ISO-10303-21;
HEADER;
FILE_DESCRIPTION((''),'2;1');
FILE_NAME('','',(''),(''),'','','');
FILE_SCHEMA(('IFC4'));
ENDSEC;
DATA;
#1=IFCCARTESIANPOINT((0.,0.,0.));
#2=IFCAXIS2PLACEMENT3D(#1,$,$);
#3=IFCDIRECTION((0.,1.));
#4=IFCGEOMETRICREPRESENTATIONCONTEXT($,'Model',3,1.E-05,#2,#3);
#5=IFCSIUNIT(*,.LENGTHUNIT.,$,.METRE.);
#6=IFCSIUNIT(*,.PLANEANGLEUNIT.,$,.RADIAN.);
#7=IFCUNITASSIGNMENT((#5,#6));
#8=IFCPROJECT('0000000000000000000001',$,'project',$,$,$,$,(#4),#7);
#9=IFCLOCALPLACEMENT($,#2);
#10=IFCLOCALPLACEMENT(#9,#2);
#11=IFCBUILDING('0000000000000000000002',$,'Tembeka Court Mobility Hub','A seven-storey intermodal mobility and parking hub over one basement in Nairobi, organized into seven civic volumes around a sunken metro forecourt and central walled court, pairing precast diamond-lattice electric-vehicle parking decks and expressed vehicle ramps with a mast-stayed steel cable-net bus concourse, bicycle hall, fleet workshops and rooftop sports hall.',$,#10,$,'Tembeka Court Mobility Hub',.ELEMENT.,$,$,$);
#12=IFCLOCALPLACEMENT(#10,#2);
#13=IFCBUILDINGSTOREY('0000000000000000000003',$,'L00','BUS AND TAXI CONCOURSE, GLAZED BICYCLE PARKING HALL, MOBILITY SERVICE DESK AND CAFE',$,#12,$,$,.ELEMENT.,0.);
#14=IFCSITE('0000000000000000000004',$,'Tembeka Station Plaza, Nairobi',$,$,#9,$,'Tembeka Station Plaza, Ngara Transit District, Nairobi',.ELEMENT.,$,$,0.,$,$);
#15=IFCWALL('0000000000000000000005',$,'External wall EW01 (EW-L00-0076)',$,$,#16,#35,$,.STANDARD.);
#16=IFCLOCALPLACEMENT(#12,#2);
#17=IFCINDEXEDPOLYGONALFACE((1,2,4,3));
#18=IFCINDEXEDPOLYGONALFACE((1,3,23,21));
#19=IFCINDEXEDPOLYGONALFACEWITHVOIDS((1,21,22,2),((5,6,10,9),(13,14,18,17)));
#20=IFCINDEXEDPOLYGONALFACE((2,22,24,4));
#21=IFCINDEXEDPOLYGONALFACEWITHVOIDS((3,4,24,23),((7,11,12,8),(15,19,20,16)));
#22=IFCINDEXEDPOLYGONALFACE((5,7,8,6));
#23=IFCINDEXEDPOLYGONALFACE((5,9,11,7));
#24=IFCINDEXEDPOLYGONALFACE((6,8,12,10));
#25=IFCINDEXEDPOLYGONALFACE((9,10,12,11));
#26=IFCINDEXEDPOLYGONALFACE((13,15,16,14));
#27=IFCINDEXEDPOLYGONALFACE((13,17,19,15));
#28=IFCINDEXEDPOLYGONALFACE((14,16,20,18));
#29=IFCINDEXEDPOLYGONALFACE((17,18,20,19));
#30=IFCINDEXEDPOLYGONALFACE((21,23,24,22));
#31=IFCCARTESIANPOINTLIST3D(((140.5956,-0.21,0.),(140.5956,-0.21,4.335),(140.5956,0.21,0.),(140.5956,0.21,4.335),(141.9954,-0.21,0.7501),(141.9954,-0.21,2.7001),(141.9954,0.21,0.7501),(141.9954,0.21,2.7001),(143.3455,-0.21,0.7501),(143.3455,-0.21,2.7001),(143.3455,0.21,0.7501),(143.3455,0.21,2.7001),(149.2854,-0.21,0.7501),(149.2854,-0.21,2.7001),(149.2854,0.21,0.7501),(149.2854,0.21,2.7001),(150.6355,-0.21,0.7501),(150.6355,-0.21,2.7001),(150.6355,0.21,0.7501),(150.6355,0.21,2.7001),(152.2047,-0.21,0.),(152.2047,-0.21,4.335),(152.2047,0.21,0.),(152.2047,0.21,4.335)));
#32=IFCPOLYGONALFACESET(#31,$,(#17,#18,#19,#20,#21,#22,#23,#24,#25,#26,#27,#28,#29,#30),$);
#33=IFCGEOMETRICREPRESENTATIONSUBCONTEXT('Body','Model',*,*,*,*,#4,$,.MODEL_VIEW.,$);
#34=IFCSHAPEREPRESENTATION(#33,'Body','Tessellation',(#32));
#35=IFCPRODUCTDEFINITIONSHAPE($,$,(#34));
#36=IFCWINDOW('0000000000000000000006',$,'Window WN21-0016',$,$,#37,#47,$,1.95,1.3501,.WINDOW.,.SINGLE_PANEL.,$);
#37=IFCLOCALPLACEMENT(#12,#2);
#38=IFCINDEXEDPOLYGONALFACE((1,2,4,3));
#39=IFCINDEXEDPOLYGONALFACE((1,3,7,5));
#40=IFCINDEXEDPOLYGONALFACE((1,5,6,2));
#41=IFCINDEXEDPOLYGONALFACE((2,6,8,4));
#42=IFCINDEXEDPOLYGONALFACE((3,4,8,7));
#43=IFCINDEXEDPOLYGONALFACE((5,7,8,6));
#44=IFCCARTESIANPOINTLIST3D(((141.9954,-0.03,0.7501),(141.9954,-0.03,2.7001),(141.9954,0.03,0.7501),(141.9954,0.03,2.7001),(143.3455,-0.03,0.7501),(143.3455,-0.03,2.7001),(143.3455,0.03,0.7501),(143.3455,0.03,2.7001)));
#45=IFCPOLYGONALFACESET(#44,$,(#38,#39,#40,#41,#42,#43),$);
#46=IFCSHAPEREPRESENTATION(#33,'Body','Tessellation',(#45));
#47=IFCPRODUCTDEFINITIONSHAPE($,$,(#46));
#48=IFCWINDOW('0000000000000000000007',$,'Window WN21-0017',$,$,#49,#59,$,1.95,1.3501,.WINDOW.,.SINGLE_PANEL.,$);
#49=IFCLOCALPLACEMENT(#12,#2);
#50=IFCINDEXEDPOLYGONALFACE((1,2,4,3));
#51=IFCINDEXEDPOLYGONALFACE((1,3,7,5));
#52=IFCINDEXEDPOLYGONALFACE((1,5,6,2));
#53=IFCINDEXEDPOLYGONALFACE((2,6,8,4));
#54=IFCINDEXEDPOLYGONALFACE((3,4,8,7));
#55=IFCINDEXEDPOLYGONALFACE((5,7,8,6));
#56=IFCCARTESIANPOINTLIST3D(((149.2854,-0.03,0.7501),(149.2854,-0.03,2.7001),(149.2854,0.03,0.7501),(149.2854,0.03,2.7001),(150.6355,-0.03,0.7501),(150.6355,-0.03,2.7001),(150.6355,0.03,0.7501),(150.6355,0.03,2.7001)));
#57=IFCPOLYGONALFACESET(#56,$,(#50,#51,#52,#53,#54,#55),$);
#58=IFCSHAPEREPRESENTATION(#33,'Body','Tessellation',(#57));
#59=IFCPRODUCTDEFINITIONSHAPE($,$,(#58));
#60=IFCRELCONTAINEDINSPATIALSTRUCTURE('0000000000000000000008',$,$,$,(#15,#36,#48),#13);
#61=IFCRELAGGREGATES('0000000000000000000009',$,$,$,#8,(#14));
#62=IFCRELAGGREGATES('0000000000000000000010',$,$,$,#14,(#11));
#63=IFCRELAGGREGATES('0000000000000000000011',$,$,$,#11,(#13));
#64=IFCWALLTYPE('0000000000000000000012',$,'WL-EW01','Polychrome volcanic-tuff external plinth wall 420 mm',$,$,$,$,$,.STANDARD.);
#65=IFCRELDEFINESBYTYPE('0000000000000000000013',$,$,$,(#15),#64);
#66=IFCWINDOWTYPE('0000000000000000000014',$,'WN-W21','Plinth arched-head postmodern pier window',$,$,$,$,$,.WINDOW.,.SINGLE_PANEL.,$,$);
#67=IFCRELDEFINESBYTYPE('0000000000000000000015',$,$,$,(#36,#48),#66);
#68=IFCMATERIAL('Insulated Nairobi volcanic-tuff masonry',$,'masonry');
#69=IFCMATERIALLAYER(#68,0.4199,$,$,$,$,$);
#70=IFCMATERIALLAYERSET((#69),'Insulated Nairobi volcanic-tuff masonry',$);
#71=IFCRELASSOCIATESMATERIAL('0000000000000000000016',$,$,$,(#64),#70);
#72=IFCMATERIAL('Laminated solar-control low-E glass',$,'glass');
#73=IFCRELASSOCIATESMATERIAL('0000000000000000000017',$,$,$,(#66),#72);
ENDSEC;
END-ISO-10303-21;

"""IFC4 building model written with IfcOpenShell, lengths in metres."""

from ifc_helpers import new_model, si_unit, direction, frame, frame_2d, origin, place, context, subcontext, project, spatial, rectangle, extrude, material, layer, layer_set, type_object, element, fill, save


model = new_model("IFC4")

# Units and contexts
model_context = context("Model", 3, precision=1e-05, world=origin(), true_north=direction((0.0, 1.0)))
body_context = subcontext(model_context, "Body", "Model", "MODEL_VIEW")
ifc_project = project(units=[si_unit("LENGTHUNIT", "METRE"), si_unit("PLANEANGLEUNIT", "RADIAN")], contexts=[model_context])

# Site, building, storey
site_placement = place(None, origin())
site = spatial("IfcSite", under=ifc_project, at=site_placement, Name="Tembeka Station Plaza, Nairobi", LongName="Tembeka Station Plaza, Ngara Transit District, Nairobi", CompositionType="ELEMENT", RefElevation=0.0)
building_placement = place(site_placement, origin())
building = spatial("IfcBuilding", under=site, at=building_placement, Name="Tembeka Court Mobility Hub", Description="A seven-storey intermodal mobility and parking hub over one basement in Nairobi, organized into seven civic volumes around a sunken metro forecourt and central walled court, pairing precast diamond-lattice electric-vehicle parking decks and expressed vehicle ramps with a mast-stayed steel cable-net bus concourse, bicycle hall, fleet workshops and rooftop sports hall.", LongName="Tembeka Court Mobility Hub", CompositionType="ELEMENT")
storey_placement = place(building_placement, origin())
storey = spatial("IfcBuildingStorey", under=building, at=storey_placement, Name="L00", Description="BUS AND TAXI CONCOURSE, GLAZED BICYCLE PARKING HALL, MOBILITY SERVICE DESK AND CAFE", CompositionType="ELEMENT", Elevation=0.0)

# Shared definitions
ifc_material_1 = material(Name="Laminated solar-control low-E glass", Category="glass")

# Shared definitions
ifc_material_2 = material(Name="Insulated Nairobi volcanic-tuff masonry", Category="masonry")
ifc_layer_1 = layer(ifc_material_2, 0.4199)
ifc_layer_set_1 = layer_set([ifc_layer_1], Name="Insulated Nairobi volcanic-tuff masonry")
wall_type = type_object("IfcWallType", Name="WL-EW01", Description="Polychrome volcanic-tuff external plinth wall 420 mm", PredefinedType="STANDARD", material=ifc_layer_set_1)

# Wall, openings, windows
wall_1_placement = place(storey_placement, frame((140.5955, 0.0, 0.0), z_axis=(0.0, 0.0, 1.0), x_axis=(1.0, 0.0, 0.0)))
wall_1 = element("IfcWall", 1, at=wall_1_placement, inside=storey, type_object=wall_type, Name="External wall EW01 (EW-L00-0076)", PredefinedType="STANDARD", context=body_context, shape_type="SweptSolid", body=[
    extrude(rectangle(XDim=11.6091, YDim=0.4199, at=frame_2d((5.8047, 0.0))), origin(), (0.0, 0.0, 1.0), 4.335),
])
opening_1_placement = place(wall_1_placement, frame((1.3999, 0.0, 0.75)))
opening_1 = element("IfcOpeningElement", 2, at=opening_1_placement, cuts=wall_1, PredefinedType="OPENING", context=body_context, shape_type="SweptSolid", body=[
    extrude(rectangle(XDim=1.3501, YDim=1.95, at=frame_2d((0.675, 0.9751))), frame((0.0, 0.22, 0.0), z_axis=(0.0, -1.0, 0.0), x_axis=(1.0, 0.0, 0.0)), (0.0, 0.0, 1.0), 0.4399),
])
opening_2_placement = place(wall_1_placement, frame((8.6899, 0.0, 0.75)))
opening_2 = element("IfcOpeningElement", 3, at=opening_2_placement, cuts=wall_1, PredefinedType="OPENING", context=body_context, shape_type="SweptSolid", body=[
    extrude(rectangle(XDim=1.3501, YDim=1.95, at=frame_2d((0.675, 0.9751))), frame((0.0, 0.22, 0.0), z_axis=(0.0, -1.0, 0.0), x_axis=(1.0, 0.0, 0.0)), (0.0, 0.0, 1.0), 0.4399),
])
window_type_1 = type_object("IfcWindowType", Name="WN-W21", Description="Plinth arched-head postmodern pier window", PartitioningType="SINGLE_PANEL", PredefinedType="WINDOW", material=ifc_material_1)
window_1_placement = place(opening_1_placement, origin())
window_1 = element("IfcWindow", 4, at=window_1_placement, inside=storey, type_object=window_type_1, Name="Window WN21-0016", OverallHeight=1.95, OverallWidth=1.3501, PartitioningType="SINGLE_PANEL", PredefinedType="WINDOW", context=body_context, shape_type="SweptSolid", body=[
    extrude(rectangle(XDim=1.3501, YDim=1.95, at=frame_2d((0.675, 0.9751))), frame((0.0, 0.03, 0.0), z_axis=(0.0, -1.0, 0.0), x_axis=(1.0, 0.0, 0.0)), (0.0, 0.0, 1.0), 0.0601),
])
fill(opening_1, window_1)
window_2_placement = place(opening_2_placement, origin())
window_2 = element("IfcWindow", 5, at=window_2_placement, inside=storey, type_object=window_type_1, Name="Window WN21-0017", OverallHeight=1.95, OverallWidth=1.3501, PartitioningType="SINGLE_PANEL", PredefinedType="WINDOW", context=body_context, shape_type="SweptSolid", body=[
    extrude(rectangle(XDim=1.3501, YDim=1.95, at=frame_2d((0.675, 0.9751))), frame((0.0, 0.03, 0.0), z_axis=(0.0, -1.0, 0.0), x_axis=(1.0, 0.0, 0.0)), (0.0, 0.0, 1.0), 0.0601),
])
fill(opening_2, window_2)

save(model, "model.ifc")
